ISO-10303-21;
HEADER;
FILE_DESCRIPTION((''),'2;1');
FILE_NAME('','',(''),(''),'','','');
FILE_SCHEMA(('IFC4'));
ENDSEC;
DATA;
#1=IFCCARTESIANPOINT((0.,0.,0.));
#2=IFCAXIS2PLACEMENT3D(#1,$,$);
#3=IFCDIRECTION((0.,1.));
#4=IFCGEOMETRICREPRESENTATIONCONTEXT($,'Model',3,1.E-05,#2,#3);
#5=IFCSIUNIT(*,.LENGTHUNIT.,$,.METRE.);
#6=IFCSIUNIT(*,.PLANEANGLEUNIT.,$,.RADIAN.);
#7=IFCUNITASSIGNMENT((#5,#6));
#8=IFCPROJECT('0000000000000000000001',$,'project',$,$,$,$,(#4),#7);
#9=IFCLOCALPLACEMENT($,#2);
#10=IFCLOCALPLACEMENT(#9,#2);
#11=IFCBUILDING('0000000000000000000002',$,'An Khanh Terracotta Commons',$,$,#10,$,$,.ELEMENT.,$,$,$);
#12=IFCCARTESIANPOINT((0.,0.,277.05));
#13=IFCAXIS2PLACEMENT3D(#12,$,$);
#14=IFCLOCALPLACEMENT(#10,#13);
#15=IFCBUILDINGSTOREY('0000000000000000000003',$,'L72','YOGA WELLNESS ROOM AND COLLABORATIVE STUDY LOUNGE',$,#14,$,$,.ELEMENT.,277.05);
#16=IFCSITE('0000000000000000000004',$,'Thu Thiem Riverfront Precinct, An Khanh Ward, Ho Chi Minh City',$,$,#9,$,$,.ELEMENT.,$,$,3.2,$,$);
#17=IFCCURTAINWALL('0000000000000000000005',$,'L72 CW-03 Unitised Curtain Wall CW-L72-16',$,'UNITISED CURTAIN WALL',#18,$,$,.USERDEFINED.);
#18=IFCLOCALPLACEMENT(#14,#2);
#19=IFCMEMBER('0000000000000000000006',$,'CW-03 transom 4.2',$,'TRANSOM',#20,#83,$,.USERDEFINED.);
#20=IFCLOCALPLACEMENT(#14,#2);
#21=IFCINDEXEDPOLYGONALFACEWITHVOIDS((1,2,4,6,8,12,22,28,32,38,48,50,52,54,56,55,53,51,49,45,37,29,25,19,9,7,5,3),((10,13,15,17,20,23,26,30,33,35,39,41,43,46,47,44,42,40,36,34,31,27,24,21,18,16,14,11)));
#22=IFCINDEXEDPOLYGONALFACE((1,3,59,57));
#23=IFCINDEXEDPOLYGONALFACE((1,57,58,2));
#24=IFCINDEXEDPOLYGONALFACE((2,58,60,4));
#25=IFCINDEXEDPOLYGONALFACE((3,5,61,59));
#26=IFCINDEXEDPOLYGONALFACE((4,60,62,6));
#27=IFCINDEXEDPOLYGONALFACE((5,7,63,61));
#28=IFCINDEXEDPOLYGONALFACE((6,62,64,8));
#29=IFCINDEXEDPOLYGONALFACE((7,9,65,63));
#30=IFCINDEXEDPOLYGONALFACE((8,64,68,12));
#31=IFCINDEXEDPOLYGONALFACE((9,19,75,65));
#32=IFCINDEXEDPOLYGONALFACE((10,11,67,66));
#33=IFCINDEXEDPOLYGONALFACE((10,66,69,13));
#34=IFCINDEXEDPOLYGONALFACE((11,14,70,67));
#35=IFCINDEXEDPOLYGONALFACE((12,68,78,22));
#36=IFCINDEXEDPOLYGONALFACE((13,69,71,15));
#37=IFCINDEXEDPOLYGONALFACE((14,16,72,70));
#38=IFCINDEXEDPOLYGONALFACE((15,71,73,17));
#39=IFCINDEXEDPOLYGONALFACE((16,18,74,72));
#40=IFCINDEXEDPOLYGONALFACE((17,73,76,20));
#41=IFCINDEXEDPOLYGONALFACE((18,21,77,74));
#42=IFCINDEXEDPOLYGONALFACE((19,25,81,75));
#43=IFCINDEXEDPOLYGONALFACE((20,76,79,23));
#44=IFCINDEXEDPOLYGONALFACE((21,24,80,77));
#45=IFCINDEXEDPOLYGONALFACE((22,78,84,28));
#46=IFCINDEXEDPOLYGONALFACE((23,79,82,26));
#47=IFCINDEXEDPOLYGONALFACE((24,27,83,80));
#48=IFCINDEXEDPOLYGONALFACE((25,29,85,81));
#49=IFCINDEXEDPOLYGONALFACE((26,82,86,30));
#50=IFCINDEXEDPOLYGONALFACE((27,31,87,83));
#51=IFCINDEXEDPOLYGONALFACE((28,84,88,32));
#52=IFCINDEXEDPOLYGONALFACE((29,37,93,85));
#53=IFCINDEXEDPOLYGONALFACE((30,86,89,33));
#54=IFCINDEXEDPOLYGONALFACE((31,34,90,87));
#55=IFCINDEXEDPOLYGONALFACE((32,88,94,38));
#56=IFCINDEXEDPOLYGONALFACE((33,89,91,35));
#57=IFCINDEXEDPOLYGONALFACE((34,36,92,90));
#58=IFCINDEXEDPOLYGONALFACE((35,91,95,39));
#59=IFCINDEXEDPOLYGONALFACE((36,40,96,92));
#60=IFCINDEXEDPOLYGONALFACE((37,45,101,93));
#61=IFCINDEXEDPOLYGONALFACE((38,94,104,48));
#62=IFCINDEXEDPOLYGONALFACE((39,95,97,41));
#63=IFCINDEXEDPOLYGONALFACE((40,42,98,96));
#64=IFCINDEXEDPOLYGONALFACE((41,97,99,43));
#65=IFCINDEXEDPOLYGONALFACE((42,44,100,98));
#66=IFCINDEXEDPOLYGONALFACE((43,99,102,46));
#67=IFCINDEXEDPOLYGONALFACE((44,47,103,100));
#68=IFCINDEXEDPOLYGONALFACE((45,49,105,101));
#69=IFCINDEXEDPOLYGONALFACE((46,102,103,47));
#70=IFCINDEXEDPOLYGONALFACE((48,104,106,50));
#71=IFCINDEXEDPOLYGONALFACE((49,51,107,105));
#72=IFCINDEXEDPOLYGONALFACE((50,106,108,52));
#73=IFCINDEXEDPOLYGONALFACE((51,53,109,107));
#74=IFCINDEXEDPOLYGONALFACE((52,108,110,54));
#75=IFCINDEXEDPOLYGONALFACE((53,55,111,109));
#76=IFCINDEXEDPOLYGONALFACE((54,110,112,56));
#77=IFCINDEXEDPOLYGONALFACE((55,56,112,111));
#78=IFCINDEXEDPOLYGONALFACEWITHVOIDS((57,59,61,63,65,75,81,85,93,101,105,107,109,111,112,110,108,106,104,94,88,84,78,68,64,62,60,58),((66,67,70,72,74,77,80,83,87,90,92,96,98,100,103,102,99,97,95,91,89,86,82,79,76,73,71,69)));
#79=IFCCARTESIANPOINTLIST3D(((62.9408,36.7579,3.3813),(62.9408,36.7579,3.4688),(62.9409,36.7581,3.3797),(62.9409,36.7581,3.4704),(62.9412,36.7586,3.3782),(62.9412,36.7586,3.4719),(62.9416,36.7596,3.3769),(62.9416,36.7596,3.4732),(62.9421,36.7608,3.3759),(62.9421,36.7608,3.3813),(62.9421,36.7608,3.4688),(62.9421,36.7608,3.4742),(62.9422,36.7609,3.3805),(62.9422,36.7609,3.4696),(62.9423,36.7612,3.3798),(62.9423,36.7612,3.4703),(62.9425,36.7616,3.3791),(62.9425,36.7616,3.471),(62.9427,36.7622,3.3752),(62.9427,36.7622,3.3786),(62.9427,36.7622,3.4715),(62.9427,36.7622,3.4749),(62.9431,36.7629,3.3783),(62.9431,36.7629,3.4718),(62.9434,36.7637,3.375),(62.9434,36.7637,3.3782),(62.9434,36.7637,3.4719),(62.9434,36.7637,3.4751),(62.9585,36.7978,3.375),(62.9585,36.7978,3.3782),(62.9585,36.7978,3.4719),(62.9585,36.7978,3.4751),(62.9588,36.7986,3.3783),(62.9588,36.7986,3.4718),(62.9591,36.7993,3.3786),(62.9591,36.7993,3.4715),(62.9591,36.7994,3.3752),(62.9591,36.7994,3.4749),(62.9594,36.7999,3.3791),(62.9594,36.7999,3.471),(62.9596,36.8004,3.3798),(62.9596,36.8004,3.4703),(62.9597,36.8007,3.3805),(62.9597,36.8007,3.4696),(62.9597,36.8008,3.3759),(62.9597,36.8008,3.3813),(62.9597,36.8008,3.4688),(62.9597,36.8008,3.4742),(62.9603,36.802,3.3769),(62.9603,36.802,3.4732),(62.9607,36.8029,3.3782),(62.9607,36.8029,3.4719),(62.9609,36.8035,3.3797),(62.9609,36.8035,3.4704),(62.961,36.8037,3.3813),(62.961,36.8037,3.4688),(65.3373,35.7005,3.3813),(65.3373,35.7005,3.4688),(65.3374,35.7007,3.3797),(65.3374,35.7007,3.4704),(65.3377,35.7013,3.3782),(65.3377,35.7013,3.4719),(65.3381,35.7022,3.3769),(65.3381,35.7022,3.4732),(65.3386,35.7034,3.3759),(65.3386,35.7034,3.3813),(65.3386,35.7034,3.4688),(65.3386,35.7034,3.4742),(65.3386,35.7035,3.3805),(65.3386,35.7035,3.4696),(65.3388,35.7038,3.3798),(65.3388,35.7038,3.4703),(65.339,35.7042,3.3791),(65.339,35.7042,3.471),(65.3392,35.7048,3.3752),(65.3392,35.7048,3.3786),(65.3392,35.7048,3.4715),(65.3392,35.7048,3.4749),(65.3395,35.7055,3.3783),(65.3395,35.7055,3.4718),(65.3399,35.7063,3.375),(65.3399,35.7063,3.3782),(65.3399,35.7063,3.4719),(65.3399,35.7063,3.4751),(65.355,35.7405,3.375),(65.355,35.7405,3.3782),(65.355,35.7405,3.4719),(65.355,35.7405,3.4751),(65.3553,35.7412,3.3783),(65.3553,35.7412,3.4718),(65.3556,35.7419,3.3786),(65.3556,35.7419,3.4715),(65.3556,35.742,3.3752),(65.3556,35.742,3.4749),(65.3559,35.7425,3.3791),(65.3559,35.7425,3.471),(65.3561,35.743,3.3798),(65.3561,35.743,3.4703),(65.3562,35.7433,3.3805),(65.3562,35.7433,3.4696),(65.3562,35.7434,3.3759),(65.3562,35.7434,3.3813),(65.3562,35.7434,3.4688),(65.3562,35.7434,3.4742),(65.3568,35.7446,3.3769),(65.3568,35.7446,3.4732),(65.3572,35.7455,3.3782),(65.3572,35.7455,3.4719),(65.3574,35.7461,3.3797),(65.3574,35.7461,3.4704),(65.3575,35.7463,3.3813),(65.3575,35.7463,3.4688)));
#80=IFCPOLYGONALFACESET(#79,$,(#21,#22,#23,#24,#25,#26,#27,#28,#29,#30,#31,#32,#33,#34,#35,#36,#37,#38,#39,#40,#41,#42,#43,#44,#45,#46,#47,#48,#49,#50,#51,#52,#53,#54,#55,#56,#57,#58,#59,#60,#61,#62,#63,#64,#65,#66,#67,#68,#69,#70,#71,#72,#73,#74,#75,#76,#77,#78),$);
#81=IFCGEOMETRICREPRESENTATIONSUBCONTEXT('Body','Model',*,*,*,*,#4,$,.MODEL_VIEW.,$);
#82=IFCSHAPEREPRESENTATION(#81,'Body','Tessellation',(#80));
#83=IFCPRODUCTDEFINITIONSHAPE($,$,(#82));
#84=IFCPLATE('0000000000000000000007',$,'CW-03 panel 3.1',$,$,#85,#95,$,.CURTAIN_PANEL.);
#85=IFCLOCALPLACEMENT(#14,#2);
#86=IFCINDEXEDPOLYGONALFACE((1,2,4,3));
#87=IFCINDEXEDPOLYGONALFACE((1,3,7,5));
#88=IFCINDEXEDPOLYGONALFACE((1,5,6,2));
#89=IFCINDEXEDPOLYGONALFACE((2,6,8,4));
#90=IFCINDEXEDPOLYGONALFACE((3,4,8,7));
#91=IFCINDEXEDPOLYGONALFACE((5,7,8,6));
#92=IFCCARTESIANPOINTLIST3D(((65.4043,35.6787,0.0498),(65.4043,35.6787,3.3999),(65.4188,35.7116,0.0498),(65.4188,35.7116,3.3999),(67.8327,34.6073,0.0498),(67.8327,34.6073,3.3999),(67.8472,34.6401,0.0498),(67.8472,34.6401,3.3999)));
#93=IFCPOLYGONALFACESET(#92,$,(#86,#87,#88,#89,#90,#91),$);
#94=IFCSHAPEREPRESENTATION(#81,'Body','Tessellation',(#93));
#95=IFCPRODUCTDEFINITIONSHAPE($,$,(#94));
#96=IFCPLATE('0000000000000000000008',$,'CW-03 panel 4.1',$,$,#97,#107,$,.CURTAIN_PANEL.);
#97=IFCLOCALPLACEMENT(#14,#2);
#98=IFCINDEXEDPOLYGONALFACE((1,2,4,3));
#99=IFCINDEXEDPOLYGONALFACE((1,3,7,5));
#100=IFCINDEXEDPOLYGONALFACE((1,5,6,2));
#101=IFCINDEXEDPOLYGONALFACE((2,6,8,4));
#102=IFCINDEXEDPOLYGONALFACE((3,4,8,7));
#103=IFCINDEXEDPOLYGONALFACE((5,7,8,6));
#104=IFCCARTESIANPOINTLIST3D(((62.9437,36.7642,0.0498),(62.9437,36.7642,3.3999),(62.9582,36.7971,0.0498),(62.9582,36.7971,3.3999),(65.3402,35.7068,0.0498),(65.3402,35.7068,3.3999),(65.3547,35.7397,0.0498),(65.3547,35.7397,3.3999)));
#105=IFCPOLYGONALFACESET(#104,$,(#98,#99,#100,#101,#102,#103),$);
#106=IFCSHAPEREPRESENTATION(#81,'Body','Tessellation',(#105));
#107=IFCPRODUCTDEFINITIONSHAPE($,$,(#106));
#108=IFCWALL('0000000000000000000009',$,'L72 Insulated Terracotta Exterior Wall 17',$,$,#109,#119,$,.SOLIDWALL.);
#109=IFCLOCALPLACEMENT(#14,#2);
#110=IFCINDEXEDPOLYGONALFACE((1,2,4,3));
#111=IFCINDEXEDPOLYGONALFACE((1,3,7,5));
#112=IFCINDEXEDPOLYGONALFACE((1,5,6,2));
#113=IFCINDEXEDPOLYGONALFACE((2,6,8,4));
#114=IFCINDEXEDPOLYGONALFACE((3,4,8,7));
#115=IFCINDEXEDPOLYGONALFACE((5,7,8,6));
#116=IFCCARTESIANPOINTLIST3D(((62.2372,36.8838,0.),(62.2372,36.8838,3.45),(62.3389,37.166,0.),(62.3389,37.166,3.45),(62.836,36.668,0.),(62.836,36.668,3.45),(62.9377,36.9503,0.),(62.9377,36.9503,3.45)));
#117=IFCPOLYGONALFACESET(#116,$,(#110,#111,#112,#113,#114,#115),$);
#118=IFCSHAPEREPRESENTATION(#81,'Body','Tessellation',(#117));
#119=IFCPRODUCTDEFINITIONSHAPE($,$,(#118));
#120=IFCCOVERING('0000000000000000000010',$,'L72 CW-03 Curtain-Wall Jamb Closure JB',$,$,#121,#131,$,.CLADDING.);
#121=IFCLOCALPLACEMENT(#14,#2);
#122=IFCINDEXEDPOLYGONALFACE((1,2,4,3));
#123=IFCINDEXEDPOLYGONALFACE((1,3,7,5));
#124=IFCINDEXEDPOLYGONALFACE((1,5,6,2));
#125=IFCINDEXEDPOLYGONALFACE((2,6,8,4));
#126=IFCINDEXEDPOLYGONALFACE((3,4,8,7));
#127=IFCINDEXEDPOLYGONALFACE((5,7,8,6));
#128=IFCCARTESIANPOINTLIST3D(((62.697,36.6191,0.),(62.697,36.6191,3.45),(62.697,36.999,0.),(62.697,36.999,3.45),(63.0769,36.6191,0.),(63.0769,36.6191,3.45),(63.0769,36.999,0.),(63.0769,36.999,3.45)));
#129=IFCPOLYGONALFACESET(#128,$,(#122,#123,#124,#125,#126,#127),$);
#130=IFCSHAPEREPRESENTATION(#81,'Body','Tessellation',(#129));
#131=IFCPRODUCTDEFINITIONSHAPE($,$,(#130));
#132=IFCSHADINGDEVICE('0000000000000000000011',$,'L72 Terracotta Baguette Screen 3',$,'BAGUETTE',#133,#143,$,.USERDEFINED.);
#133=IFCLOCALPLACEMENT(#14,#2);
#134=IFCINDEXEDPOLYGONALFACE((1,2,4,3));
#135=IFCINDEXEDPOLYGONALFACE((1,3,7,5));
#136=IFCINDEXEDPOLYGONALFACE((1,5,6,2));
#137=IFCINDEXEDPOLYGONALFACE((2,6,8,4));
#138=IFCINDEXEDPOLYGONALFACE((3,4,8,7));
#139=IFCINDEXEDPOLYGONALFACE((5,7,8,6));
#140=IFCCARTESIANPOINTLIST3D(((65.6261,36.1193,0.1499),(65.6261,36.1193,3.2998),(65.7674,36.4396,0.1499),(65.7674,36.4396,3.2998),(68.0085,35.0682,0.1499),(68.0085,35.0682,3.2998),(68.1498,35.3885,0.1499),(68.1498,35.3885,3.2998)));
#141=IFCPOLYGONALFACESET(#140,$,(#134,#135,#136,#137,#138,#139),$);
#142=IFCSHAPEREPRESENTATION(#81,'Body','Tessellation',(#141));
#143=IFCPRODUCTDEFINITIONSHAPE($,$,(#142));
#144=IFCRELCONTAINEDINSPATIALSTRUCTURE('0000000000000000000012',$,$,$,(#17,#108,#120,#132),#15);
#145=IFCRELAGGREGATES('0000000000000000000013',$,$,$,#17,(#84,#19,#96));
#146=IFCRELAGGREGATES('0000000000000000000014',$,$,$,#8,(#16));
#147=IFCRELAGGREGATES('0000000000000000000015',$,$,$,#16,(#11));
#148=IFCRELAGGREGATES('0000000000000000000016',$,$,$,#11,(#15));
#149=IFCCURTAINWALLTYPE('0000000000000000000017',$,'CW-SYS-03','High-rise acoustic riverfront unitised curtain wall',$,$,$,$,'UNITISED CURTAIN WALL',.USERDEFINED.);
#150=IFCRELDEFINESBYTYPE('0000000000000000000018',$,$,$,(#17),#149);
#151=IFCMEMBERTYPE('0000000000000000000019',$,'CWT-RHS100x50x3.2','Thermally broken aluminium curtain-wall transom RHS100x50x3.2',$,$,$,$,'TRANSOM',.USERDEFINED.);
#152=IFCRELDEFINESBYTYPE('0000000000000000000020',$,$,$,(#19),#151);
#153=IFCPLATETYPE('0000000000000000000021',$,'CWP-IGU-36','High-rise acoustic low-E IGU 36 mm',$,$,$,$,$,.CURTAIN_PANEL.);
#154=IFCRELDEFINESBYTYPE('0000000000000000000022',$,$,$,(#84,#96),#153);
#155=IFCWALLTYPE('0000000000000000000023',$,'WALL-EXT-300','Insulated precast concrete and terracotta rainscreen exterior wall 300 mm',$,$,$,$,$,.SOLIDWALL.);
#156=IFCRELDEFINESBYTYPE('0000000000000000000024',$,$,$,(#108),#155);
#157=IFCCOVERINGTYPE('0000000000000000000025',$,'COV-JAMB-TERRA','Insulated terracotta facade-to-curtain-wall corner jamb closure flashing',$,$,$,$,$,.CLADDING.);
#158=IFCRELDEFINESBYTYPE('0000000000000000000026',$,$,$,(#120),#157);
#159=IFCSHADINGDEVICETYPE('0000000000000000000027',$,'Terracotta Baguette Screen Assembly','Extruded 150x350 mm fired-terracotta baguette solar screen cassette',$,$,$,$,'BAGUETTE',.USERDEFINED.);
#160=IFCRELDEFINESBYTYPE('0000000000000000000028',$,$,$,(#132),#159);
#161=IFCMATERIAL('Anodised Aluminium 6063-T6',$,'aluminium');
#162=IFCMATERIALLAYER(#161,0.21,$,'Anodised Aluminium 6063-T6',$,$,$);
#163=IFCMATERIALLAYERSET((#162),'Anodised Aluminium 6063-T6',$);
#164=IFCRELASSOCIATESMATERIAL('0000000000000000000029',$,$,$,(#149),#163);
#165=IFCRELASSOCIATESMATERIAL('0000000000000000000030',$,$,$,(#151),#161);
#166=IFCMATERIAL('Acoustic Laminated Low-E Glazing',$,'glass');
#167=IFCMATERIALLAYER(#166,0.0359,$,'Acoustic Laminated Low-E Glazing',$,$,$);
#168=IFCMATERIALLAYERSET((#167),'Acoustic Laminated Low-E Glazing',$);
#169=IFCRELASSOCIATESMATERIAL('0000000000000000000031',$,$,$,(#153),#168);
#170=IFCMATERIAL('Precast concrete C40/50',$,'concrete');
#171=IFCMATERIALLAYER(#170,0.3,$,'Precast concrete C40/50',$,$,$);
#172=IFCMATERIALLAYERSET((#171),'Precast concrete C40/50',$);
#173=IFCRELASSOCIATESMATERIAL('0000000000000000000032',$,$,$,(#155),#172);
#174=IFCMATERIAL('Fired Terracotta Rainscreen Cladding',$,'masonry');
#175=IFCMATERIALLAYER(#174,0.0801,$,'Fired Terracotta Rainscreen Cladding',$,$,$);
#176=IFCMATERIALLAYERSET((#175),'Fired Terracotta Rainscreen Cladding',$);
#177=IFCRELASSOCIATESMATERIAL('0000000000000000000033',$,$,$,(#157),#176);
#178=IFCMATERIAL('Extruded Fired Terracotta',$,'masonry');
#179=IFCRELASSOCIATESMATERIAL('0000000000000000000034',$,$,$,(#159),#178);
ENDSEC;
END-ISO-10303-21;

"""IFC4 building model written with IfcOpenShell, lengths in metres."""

from ifc_helpers import new_model, si_unit, direction, frame, frame_2d, origin, origin_2d, place, context, subcontext, project, spatial, rectangle, hollow_rectangle, extrude, material, layer, layer_set, material_profile, profile_set, type_object, element, aggregate, save


model = new_model("IFC4")

# Units and contexts
model_context = context("Model", 3, precision=1e-05, world=origin(), true_north=direction((0.0, 1.0)))
body_context = subcontext(model_context, "Body", "Model", "MODEL_VIEW")
ifc_project = project(units=[si_unit("LENGTHUNIT", "METRE"), si_unit("PLANEANGLEUNIT", "RADIAN")], contexts=[model_context])

# Site, building, storey
site_placement = place(None, origin())
site = spatial("IfcSite", under=ifc_project, at=site_placement, Name="Thu Thiem Riverfront Precinct, An Khanh Ward, Ho Chi Minh City", CompositionType="ELEMENT", RefElevation=3.2)
building_placement = place(site_placement, origin())
building = spatial("IfcBuilding", under=site, at=building_placement, Name="An Khanh Terracotta Commons", CompositionType="ELEMENT")
storey_placement = place(building_placement, frame((0.0, 0.0, 277.05)))
storey = spatial("IfcBuildingStorey", under=building, at=storey_placement, Name="L72", Description="YOGA WELLNESS ROOM AND COLLABORATIVE STUDY LOUNGE", CompositionType="ELEMENT", Elevation=277.05)

# Curtain wall, member, plates
ifc_material_1 = material(Name="Anodised Aluminium 6063-T6", Category="aluminium")
ifc_layer_1 = layer(ifc_material_1, 0.21, Name="Anodised Aluminium 6063-T6")
ifc_layer_set_1 = layer_set([ifc_layer_1], Name="Anodised Aluminium 6063-T6")
curtain_wall_type = type_object("IfcCurtainWallType", Name="CW-SYS-03", Description="High-rise acoustic riverfront unitised curtain wall", ElementType="UNITISED CURTAIN WALL", PredefinedType="USERDEFINED", material=ifc_layer_set_1)
curtain_wall_placement = place(storey_placement, origin())
curtain_wall = element("IfcCurtainWall", 1, at=curtain_wall_placement, inside=storey, type_object=curtain_wall_type, Name="L72 CW-03 Unitised Curtain Wall CW-L72-16", ObjectType="UNITISED CURTAIN WALL", PredefinedType="USERDEFINED")
ifc_material_profile_1 = material_profile(ifc_material_1, hollow_rectangle(XDim=0.05, YDim=0.1001, WallThickness=0.0032, InnerFilletRadius=0.0032, OuterFilletRadius=0.0063, at=origin_2d()), Name="RHS100x50x3.2")
ifc_profile_set_1 = profile_set([ifc_material_profile_1], Name="Anodised Aluminium 6063-T6")
member_type_1 = type_object("IfcMemberType", Name="CWT-RHS100x50x3.2", Description="Thermally broken aluminium curtain-wall transom RHS100x50x3.2", ElementType="TRANSOM", PredefinedType="USERDEFINED", material=ifc_profile_set_1)
member_1_placement = place(storey_placement, frame((65.3474, 35.7234, 3.425), z_axis=(-0.914904, 0.403672, 0.0), x_axis=(-0.403672, -0.914904, 0.0)))
member_1 = element("IfcMember", 2, at=member_1_placement, type_object=member_type_1, Name="CW-03 transom 4.2", ObjectType="TRANSOM", PredefinedType="USERDEFINED", context=body_context, shape_type="SweptSolid", body=[
    extrude(hollow_rectangle(XDim=0.05, YDim=0.1001, WallThickness=0.0032, InnerFilletRadius=0.0032, OuterFilletRadius=0.0063, at=origin_2d()), origin(), (0.0, 0.0, 1.0), 2.6194),
])
ifc_material_2 = material(Name="Acoustic Laminated Low-E Glazing", Category="glass")
ifc_layer_2 = layer(ifc_material_2, 0.0359, Name="Acoustic Laminated Low-E Glazing")
ifc_layer_set_2 = layer_set([ifc_layer_2], Name="Acoustic Laminated Low-E Glazing")
plate_type = type_object("IfcPlateType", Name="CWP-IGU-36", Description="High-rise acoustic low-E IGU 36 mm", PredefinedType="CURTAIN_PANEL", material=ifc_layer_set_2)
plate_1_placement = place(storey_placement, frame((66.6257, 35.1594, 0.0498), z_axis=(0.0, 0.0, 1.0), x_axis=(-0.914902, 0.403676, 0.0)))
plate_1 = element("IfcPlate", 3, at=plate_1_placement, type_object=plate_type, Name="CW-03 panel 3.1", PredefinedType="CURTAIN_PANEL", context=body_context, shape_type="SweptSolid", body=[
    extrude(rectangle(XDim=2.6543, YDim=0.0359, at=origin_2d()), origin(), (0.0, 0.0, 1.0), 3.3501),
])
plate_2_placement = place(storey_placement, frame((64.1492, 36.252, 0.0498), z_axis=(0.0, 0.0, 1.0), x_axis=(-0.914902, 0.403676, 0.0)))
plate_2 = element("IfcPlate", 4, at=plate_2_placement, type_object=plate_type, Name="CW-03 panel 4.1", PredefinedType="CURTAIN_PANEL", context=body_context, shape_type="SweptSolid", body=[
    extrude(rectangle(XDim=2.6194, YDim=0.0359, at=origin_2d()), origin(), (0.0, 0.0, 1.0), 3.3501),
])
aggregate(curtain_wall, [plate_1, member_1, plate_2])

# Wall
ifc_material_3 = material(Name="Precast concrete C40/50", Category="concrete")
ifc_layer_3 = layer(ifc_material_3, 0.3, Name="Precast concrete C40/50")
ifc_layer_set_3 = layer_set([ifc_layer_3], Name="Precast concrete C40/50")
wall_type = type_object("IfcWallType", Name="WALL-EXT-300", Description="Insulated precast concrete and terracotta rainscreen exterior wall 300 mm", PredefinedType="SOLIDWALL", material=ifc_layer_set_3)
wall_placement = place(storey_placement, frame((62.887, 36.8091, 0.0), z_axis=(0.0, 0.0, 1.0), x_axis=(-0.940775, 0.339032, 0.0)))
element("IfcWall", 5, at=wall_placement, inside=storey, type_object=wall_type, Name="L72 Insulated Terracotta Exterior Wall 17", PredefinedType="SOLIDWALL", context=body_context, shape_type="SweptSolid", body=[
    extrude(rectangle(XDim=0.6365, YDim=0.3, at=frame_2d((0.3184, 0.0))), origin(), (0.0, 0.0, 1.0), 3.45),
])

# Covering
ifc_material_4 = material(Name="Fired Terracotta Rainscreen Cladding", Category="masonry")
ifc_layer_4 = layer(ifc_material_4, 0.0801, Name="Fired Terracotta Rainscreen Cladding")
ifc_layer_set_4 = layer_set([ifc_layer_4], Name="Fired Terracotta Rainscreen Cladding")
covering_type = type_object("IfcCoveringType", Name="COV-JAMB-TERRA", Description="Insulated terracotta facade-to-curtain-wall corner jamb closure flashing", PredefinedType="CLADDING", material=ifc_layer_set_4)
covering_placement = place(storey_placement, frame((62.887, 36.8091, 0.0), z_axis=(0.0, 0.0, 1.0), x_axis=(1.0, 0.0, 0.0)))
element("IfcCovering", 6, at=covering_placement, inside=storey, type_object=covering_type, Name="L72 CW-03 Curtain-Wall Jamb Closure JB", PredefinedType="CLADDING", context=body_context, shape_type="SweptSolid", body=[
    extrude(rectangle(XDim=0.3799, YDim=0.3799, at=origin_2d()), origin(), (0.0, 0.0, 1.0), 3.45),
])

# Shading device
ifc_material_5 = material(Name="Extruded Fired Terracotta", Category="masonry")
shading_device_type = type_object("IfcShadingDeviceType", Name="Terracotta Baguette Screen Assembly", Description="Extruded 150x350 mm fired-terracotta baguette solar screen cassette", ElementType="BAGUETTE", PredefinedType="USERDEFINED", material=ifc_material_5)
shading_device_placement = place(storey_placement, frame((66.8879, 35.7539, 0.1499), z_axis=(0.0, 0.0, 1.0), x_axis=(-0.914902, 0.403676, 0.0)))
element("IfcShadingDevice", 7, at=shading_device_placement, inside=storey, type_object=shading_device_type, Name="L72 Terracotta Baguette Screen 3", ObjectType="BAGUETTE", PredefinedType="USERDEFINED", context=body_context, shape_type="SweptSolid", body=[
    extrude(rectangle(XDim=2.604, YDim=0.3501, at=origin_2d()), origin(), (0.0, 0.0, 1.0), 3.1499),
])

save(model, "model.ifc")
